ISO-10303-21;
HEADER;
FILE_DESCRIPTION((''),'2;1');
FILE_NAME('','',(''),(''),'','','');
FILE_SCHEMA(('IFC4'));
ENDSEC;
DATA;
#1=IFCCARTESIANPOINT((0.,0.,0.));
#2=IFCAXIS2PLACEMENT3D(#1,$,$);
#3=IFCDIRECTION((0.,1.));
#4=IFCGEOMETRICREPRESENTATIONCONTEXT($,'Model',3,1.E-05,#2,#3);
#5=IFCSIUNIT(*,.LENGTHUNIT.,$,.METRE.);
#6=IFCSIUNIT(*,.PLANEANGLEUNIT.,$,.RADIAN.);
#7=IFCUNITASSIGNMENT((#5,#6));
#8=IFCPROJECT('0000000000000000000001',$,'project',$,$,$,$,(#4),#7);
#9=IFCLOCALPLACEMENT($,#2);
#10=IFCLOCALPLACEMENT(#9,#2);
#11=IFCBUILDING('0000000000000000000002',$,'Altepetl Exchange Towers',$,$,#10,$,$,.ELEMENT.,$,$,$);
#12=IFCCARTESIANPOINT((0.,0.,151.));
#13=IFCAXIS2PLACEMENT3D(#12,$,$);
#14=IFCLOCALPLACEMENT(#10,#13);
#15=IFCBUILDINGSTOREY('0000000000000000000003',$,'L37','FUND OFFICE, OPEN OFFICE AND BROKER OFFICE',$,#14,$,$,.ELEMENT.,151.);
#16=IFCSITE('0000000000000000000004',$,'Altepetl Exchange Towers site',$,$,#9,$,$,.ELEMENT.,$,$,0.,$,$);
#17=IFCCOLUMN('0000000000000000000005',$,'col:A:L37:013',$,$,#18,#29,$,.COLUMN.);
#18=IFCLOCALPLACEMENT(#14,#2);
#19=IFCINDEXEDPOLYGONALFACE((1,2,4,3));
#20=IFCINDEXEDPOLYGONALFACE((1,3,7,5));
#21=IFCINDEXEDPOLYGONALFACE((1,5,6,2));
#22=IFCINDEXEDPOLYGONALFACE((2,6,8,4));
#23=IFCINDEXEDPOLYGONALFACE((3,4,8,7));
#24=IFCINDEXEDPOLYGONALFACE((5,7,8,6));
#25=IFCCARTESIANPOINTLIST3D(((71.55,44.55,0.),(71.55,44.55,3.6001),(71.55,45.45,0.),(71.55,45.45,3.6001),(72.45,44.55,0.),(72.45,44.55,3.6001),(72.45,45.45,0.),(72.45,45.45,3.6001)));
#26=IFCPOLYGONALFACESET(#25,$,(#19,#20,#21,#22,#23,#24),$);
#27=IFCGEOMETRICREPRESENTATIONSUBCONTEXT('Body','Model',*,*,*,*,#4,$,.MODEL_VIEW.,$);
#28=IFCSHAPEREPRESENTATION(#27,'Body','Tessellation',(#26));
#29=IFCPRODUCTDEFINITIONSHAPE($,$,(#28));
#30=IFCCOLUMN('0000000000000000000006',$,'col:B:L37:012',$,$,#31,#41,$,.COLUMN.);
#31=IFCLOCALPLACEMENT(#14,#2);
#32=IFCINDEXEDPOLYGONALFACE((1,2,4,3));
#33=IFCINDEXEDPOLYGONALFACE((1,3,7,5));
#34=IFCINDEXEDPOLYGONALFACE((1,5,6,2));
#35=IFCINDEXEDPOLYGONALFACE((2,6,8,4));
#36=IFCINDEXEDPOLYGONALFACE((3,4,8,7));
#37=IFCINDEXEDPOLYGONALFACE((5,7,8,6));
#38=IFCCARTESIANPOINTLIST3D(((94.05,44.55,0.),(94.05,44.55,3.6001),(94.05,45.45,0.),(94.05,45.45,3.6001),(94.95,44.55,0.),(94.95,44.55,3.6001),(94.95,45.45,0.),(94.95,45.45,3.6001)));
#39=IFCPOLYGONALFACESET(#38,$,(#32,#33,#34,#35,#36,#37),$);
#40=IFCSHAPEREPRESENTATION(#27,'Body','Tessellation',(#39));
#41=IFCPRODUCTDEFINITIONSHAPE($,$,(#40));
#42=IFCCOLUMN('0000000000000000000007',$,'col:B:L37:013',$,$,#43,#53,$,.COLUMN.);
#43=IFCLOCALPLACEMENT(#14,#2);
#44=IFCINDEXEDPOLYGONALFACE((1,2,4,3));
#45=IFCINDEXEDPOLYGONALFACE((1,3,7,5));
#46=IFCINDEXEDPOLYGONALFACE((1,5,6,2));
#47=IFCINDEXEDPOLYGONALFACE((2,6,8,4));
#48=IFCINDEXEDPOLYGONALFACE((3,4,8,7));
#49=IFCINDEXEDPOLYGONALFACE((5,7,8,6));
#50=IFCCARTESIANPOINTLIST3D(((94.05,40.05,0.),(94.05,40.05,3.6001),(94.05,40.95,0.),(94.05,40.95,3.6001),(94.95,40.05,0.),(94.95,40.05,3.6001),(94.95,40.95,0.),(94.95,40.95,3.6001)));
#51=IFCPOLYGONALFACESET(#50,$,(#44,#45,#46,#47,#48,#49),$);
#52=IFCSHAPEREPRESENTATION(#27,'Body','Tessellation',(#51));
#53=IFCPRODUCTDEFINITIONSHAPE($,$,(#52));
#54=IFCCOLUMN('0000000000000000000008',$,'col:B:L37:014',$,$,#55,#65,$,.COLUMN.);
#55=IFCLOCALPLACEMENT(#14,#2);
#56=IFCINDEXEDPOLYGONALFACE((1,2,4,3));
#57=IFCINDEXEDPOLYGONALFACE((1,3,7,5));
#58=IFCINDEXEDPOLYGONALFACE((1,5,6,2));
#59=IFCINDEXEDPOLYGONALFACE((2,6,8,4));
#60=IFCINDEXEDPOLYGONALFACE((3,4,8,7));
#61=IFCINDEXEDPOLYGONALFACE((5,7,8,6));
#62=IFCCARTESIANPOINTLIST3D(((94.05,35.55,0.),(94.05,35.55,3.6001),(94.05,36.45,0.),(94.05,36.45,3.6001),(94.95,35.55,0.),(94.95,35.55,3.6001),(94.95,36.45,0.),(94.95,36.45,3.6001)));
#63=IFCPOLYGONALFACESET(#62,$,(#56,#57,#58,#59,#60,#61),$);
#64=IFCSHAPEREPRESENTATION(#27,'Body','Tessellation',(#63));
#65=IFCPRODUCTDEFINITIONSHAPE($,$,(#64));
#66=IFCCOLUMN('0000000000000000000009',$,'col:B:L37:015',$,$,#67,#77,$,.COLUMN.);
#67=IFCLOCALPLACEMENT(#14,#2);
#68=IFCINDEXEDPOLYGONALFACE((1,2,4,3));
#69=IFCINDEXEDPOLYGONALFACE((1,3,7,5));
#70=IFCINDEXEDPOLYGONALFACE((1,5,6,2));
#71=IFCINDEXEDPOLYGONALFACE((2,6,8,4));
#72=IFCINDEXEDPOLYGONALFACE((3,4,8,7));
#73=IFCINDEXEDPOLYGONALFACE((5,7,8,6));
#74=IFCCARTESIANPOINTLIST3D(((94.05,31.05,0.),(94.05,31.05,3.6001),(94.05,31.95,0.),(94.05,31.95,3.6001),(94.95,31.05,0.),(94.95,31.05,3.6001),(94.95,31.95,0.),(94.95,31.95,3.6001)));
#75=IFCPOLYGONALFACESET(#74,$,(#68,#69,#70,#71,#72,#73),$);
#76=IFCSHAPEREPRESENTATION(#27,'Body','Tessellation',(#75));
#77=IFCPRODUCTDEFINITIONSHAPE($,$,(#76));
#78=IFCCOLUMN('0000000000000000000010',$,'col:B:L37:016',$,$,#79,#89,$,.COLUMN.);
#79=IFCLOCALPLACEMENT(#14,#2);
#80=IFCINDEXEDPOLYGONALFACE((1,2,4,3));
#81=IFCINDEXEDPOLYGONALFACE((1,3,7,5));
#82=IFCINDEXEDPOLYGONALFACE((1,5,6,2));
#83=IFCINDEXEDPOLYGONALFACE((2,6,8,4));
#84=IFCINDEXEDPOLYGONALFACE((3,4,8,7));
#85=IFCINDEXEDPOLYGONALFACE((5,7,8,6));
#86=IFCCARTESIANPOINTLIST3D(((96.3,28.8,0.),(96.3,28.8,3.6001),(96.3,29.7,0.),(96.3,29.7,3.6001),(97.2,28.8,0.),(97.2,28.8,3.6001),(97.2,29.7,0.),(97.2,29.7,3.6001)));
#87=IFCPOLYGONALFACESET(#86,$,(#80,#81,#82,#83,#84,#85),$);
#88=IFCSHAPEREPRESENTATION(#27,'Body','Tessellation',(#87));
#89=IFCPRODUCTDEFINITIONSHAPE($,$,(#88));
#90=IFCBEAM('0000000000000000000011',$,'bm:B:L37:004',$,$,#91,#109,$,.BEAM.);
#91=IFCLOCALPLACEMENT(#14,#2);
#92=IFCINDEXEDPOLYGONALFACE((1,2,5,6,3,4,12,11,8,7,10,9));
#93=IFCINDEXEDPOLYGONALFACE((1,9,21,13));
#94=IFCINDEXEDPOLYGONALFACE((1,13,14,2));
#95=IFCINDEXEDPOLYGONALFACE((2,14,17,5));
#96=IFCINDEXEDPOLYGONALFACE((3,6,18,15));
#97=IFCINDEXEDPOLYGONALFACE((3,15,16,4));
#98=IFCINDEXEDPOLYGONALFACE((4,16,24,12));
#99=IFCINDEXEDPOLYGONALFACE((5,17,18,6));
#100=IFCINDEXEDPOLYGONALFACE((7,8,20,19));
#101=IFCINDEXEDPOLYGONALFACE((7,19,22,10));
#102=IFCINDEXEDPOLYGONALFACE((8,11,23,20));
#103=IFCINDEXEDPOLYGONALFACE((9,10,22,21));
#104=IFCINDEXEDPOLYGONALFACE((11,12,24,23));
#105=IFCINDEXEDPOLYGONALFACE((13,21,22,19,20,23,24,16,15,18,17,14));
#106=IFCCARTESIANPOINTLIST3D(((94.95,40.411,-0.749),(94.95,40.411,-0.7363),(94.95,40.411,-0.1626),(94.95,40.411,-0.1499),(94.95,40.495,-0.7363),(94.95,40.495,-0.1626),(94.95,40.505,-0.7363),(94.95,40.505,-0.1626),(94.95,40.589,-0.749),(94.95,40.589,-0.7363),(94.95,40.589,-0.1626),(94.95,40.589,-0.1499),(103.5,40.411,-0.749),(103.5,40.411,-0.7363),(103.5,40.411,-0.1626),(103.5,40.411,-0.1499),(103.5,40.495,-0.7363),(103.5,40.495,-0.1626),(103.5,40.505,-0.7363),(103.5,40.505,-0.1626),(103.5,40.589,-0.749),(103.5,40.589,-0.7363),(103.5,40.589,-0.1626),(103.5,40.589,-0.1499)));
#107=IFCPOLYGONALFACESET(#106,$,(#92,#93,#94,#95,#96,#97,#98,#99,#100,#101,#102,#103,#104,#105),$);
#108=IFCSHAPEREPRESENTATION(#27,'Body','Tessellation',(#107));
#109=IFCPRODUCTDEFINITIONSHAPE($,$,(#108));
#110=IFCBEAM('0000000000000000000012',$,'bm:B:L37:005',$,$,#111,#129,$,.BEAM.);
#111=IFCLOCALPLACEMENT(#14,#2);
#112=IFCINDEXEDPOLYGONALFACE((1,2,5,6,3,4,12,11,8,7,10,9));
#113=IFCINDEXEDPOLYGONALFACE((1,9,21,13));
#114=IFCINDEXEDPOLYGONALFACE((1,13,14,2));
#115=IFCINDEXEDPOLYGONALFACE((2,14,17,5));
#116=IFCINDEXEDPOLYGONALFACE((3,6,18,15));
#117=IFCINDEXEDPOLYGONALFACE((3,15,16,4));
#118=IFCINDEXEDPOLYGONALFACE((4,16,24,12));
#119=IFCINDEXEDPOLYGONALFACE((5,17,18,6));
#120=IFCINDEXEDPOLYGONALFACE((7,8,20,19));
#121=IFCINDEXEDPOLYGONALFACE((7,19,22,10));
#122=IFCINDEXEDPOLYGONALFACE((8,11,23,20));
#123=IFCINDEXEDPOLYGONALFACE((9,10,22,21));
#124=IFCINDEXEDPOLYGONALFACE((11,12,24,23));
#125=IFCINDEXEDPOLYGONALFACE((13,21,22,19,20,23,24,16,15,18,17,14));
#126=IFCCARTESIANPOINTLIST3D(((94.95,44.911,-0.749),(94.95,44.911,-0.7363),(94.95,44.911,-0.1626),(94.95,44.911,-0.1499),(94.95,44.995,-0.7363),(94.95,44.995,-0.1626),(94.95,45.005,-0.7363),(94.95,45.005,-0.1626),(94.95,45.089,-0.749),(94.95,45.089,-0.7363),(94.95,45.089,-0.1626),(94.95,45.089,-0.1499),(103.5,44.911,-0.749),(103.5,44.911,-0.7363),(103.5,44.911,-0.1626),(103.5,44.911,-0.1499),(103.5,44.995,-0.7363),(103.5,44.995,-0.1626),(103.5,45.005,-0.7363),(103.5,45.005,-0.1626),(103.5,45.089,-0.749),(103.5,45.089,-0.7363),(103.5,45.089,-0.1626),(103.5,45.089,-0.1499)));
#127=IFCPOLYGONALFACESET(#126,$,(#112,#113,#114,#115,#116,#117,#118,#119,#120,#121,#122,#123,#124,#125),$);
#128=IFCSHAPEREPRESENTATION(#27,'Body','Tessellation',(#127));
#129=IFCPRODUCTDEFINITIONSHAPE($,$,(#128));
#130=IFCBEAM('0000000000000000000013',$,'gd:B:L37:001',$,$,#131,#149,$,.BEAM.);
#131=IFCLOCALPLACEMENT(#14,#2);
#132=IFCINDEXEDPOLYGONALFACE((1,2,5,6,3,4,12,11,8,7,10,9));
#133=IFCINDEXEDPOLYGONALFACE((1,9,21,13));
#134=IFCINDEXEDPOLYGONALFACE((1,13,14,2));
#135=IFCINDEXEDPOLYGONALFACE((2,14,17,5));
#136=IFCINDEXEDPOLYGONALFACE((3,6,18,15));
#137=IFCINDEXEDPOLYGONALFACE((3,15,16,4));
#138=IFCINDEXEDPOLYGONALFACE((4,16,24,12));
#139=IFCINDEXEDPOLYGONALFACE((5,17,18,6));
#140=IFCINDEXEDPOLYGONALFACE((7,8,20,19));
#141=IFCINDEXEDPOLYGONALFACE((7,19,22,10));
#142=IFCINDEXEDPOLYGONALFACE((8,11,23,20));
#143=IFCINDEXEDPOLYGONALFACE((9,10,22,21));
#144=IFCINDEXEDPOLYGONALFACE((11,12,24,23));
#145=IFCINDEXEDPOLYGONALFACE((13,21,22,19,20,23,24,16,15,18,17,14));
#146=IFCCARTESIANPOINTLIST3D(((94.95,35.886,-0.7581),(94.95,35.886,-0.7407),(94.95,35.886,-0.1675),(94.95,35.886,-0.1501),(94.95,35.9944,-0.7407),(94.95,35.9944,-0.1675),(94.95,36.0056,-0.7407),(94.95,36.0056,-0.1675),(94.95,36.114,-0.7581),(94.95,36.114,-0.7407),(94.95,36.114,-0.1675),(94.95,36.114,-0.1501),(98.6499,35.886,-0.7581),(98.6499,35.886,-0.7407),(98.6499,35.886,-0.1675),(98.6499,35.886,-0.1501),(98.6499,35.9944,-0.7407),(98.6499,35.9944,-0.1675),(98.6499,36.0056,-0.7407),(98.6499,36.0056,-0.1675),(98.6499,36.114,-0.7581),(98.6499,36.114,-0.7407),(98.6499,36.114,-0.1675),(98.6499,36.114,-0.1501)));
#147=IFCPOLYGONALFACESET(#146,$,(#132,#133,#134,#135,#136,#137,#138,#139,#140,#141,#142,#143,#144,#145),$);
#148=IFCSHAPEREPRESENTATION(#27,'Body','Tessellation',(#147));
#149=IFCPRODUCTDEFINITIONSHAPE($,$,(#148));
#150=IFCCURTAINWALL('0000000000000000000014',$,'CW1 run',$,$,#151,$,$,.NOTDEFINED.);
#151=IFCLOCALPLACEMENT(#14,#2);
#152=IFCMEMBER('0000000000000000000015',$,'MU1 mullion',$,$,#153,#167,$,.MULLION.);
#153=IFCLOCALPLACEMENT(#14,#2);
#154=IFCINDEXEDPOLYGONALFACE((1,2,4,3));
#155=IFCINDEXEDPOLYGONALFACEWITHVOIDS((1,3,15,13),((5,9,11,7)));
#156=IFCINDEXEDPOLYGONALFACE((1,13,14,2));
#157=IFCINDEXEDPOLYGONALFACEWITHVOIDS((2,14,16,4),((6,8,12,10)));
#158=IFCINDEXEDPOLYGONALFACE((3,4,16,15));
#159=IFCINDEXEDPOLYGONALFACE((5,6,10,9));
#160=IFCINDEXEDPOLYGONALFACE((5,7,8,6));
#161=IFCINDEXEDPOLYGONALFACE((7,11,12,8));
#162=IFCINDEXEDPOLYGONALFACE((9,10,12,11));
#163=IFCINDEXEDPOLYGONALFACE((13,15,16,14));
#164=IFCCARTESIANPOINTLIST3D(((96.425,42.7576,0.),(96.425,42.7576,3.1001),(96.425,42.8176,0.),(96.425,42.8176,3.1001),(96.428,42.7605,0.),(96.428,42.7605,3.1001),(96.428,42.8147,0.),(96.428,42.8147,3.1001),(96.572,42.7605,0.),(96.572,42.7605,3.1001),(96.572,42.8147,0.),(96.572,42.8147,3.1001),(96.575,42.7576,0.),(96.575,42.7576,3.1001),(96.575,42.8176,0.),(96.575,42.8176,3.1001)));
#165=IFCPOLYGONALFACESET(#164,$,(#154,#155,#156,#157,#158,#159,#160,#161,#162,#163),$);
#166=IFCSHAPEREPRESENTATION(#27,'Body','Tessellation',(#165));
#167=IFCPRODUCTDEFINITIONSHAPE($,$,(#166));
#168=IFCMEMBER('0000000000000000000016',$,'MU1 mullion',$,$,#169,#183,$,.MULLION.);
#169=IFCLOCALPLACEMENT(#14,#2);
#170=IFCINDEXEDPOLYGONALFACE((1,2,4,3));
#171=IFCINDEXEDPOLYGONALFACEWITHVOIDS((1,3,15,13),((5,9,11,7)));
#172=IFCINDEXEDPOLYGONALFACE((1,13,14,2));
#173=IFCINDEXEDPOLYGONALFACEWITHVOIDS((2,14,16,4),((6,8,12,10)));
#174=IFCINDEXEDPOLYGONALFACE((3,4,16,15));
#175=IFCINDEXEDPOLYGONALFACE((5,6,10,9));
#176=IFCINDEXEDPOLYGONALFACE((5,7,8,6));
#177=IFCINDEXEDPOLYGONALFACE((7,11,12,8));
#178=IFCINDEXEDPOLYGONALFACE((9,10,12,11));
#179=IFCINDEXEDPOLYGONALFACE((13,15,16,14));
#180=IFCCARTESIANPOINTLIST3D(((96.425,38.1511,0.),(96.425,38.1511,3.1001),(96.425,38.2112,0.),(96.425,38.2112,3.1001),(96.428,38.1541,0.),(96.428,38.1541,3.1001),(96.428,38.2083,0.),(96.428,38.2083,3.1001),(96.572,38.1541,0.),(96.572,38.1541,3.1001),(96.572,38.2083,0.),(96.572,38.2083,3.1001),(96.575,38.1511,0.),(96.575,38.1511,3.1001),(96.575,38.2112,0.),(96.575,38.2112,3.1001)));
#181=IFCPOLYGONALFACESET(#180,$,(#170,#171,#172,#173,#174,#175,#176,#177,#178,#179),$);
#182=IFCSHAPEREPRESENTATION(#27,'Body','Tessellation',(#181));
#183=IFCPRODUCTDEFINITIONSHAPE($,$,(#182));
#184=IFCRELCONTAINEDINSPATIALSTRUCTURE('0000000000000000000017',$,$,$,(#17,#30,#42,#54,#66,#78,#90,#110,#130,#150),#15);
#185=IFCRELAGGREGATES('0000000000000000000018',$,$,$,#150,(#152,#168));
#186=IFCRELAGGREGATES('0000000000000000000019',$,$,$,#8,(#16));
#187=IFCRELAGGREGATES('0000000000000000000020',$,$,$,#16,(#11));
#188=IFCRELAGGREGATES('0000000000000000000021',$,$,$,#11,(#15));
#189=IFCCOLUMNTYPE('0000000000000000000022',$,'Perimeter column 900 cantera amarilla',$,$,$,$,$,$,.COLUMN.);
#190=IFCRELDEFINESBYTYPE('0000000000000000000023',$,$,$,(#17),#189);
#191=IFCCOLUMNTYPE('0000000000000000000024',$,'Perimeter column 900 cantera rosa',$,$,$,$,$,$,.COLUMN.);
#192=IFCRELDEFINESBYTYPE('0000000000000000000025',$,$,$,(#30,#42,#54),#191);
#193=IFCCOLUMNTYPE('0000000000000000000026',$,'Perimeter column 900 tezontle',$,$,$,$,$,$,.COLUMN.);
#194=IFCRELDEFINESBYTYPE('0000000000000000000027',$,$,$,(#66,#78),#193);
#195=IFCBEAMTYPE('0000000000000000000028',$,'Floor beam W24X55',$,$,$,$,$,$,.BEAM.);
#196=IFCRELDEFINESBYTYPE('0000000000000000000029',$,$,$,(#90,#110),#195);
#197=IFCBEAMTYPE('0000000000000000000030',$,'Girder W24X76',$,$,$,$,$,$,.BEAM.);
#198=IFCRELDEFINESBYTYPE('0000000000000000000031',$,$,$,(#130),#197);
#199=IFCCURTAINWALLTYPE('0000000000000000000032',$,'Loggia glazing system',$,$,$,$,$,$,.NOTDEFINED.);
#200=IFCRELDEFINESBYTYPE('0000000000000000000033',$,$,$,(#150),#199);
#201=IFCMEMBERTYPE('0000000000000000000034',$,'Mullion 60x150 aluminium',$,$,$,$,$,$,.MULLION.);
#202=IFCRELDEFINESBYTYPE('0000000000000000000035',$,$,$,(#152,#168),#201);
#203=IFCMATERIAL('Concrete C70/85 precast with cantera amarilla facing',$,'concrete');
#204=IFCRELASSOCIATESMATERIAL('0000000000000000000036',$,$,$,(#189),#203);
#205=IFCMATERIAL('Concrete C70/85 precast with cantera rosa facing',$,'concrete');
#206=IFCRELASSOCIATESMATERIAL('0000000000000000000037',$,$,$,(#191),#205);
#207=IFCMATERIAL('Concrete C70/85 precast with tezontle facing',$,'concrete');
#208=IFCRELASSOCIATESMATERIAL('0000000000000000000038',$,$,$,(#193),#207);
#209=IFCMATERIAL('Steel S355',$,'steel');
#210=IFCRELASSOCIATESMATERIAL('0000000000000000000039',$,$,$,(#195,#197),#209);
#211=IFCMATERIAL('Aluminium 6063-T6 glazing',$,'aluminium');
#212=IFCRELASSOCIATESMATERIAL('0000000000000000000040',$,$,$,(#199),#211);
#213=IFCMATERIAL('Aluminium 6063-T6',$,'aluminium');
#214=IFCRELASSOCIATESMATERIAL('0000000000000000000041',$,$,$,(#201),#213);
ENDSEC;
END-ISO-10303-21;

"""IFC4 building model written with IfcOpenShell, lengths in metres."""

from ifc_helpers import new_model, si_unit, direction, frame, origin, origin_2d, place, context, subcontext, project, spatial, rectangle, hollow_rectangle, i_section, extrude, material, material_profile, profile_set, type_object, element, aggregate, save


model = new_model("IFC4")

# Units and contexts
model_context = context("Model", 3, precision=1e-05, world=origin(), true_north=direction((0.0, 1.0)))
body_context = subcontext(model_context, "Body", "Model", "MODEL_VIEW")
ifc_project = project(units=[si_unit("LENGTHUNIT", "METRE"), si_unit("PLANEANGLEUNIT", "RADIAN")], contexts=[model_context])

# Site, building, storey
site_placement = place(None, origin())
site = spatial("IfcSite", under=ifc_project, at=site_placement, Name="Altepetl Exchange Towers site", CompositionType="ELEMENT", RefElevation=0.0)
building_placement = place(site_placement, origin())
building = spatial("IfcBuilding", under=site, at=building_placement, Name="Altepetl Exchange Towers", CompositionType="ELEMENT")
storey_placement = place(building_placement, frame((0.0, 0.0, 151.0)))
storey = spatial("IfcBuildingStorey", under=building, at=storey_placement, Name="L37", Description="FUND OFFICE, OPEN OFFICE AND BROKER OFFICE", CompositionType="ELEMENT", Elevation=151.0)

# Columns
ifc_material_1 = material(Name="Concrete C70/85 precast with cantera amarilla facing", Category="concrete")
ifc_material_profile_1 = material_profile(ifc_material_1, rectangle(XDim=0.8999, YDim=0.8999, at=origin_2d()), Name="900 x 900")
ifc_profile_set_1 = profile_set([ifc_material_profile_1], Name="Concrete C70/85 precast with cantera amarilla facing")
column_type_1 = type_object("IfcColumnType", Name="Perimeter column 900 cantera amarilla", PredefinedType="COLUMN", material=ifc_profile_set_1)
column_placement = place(storey_placement, frame((72.0, 45.0, 0.0)))
element("IfcColumn", 1, at=column_placement, inside=storey, type_object=column_type_1, Name="col:A:L37:013", PredefinedType="COLUMN", context=body_context, shape_type="SweptSolid", body=[
    extrude(rectangle(XDim=0.8999, YDim=0.8999, at=origin_2d()), origin(), (0.0, 0.0, 1.0), 3.6001),
])
ifc_material_2 = material(Name="Concrete C70/85 precast with cantera rosa facing", Category="concrete")
ifc_material_profile_2 = material_profile(ifc_material_2, rectangle(XDim=0.8999, YDim=0.8999, at=origin_2d()), Name="900 x 900")
ifc_profile_set_2 = profile_set([ifc_material_profile_2], Name="Concrete C70/85 precast with cantera rosa facing")
column_type_2 = type_object("IfcColumnType", Name="Perimeter column 900 cantera rosa", PredefinedType="COLUMN", material=ifc_profile_set_2)
for number, where, name in (
    (2, (94.5, 45.0, 0.0), "col:B:L37:012"),
    (3, (94.5, 40.5, 0.0), "col:B:L37:013"),
    (4, (94.5, 36.0, 0.0), "col:B:L37:014"),
):
    element("IfcColumn", number, at=place(storey_placement, frame(where)), inside=storey, type_object=column_type_2, Name=name, PredefinedType="COLUMN", context=body_context, shape_type="SweptSolid", body=[
        extrude(rectangle(XDim=0.8999, YDim=0.8999, at=origin_2d()), origin(), (0.0, 0.0, 1.0), 3.6001),
    ])
ifc_material_3 = material(Name="Concrete C70/85 precast with tezontle facing", Category="concrete")
ifc_material_profile_3 = material_profile(ifc_material_3, rectangle(XDim=0.8999, YDim=0.8999, at=origin_2d()), Name="900 x 900")
ifc_profile_set_3 = profile_set([ifc_material_profile_3], Name="Concrete C70/85 precast with tezontle facing")
column_type_3 = type_object("IfcColumnType", Name="Perimeter column 900 tezontle", PredefinedType="COLUMN", material=ifc_profile_set_3)
for number, where, name in (
    (5, (94.5, 31.5, 0.0), "col:B:L37:015"),
    (6, (96.75, 29.25, 0.0), "col:B:L37:016"),
):
    element("IfcColumn", number, at=place(storey_placement, frame(where)), inside=storey, type_object=column_type_3, Name=name, PredefinedType="COLUMN", context=body_context, shape_type="SweptSolid", body=[
        extrude(rectangle(XDim=0.8999, YDim=0.8999, at=origin_2d()), origin(), (0.0, 0.0, 1.0), 3.6001),
    ])

# Beams
ifc_material_4 = material(Name="Steel S355", Category="steel")
ifc_material_profile_4 = material_profile(ifc_material_4, i_section(OverallWidth=0.178, OverallDepth=0.5991, WebThickness=0.01, FlangeThickness=0.0127, at=origin_2d()), Name="W24X55")
ifc_profile_set_4 = profile_set([ifc_material_profile_4], Name="Steel S355")
beam_type_1 = type_object("IfcBeamType", Name="Floor beam W24X55", PredefinedType="BEAM", material=ifc_profile_set_4)
for number, where, z_axis, x_axis, name in (
    (7, (94.95, 40.5, -0.4495), (1.0, 0.0, 0.0), (0.0, 1.0, 0.0), "bm:B:L37:004"),
    (8, (94.95, 45.0, -0.4495), (1.0, 0.0, 0.0), (0.0, 1.0, 0.0), "bm:B:L37:005"),
):
    element("IfcBeam", number, at=place(storey_placement, frame(where, z_axis=z_axis, x_axis=x_axis)), inside=storey, type_object=beam_type_1, Name=name, PredefinedType="BEAM", context=body_context, shape_type="SweptSolid", body=[
        extrude(i_section(OverallWidth=0.178, OverallDepth=0.5991, WebThickness=0.01, FlangeThickness=0.0127, at=origin_2d()), origin(), (0.0, 0.0, 1.0), 8.55),
    ])
ifc_material_profile_5 = material_profile(ifc_material_4, i_section(OverallWidth=0.228, OverallDepth=0.6079, WebThickness=0.0112, FlangeThickness=0.0173, at=origin_2d()), Name="W24X76")
ifc_profile_set_5 = profile_set([ifc_material_profile_5], Name="Steel S355")
beam_type_2 = type_object("IfcBeamType", Name="Girder W24X76", PredefinedType="BEAM", material=ifc_profile_set_5)
beam_1_placement = place(storey_placement, frame((98.6499, 36.0, -0.4541), z_axis=(-1.0, 0.0, 0.0), x_axis=(0.0, -1.0, 0.0)))
element("IfcBeam", 9, at=beam_1_placement, inside=storey, type_object=beam_type_2, Name="gd:B:L37:001", PredefinedType="BEAM", context=body_context, shape_type="SweptSolid", body=[
    extrude(i_section(OverallWidth=0.228, OverallDepth=0.6079, WebThickness=0.0112, FlangeThickness=0.0173, at=origin_2d()), origin(), (0.0, 0.0, 1.0), 3.7),
])

# Curtain wall, members
ifc_material_5 = material(Name="Aluminium 6063-T6 glazing", Category="aluminium")
curtain_wall_type = type_object("IfcCurtainWallType", Name="Loggia glazing system", PredefinedType="NOTDEFINED", material=ifc_material_5)
curtain_wall_1_placement = place(storey_placement, origin())
curtain_wall_1 = element("IfcCurtainWall", 10, at=curtain_wall_1_placement, inside=storey, type_object=curtain_wall_type, Name="CW1 run", PredefinedType="NOTDEFINED")
ifc_material_6 = material(Name="Aluminium 6063-T6", Category="aluminium")
ifc_material_profile_6 = material_profile(ifc_material_6, hollow_rectangle(XDim=0.0601, YDim=0.1499, WallThickness=0.0029, at=origin_2d()), Name="Mullion 60x150 aluminium")
ifc_profile_set_6 = profile_set([ifc_material_profile_6], Name="Aluminium 6063-T6")
member_type = type_object("IfcMemberType", Name="Mullion 60x150 aluminium", PredefinedType="MULLION", material=ifc_profile_set_6)
member_1_placement = place(storey_placement, frame((96.5, 42.7876, 0.0), z_axis=(0.0, 0.0, 1.0), x_axis=(0.0, -1.0, 0.0)))
member_1 = element("IfcMember", 11, at=member_1_placement, type_object=member_type, Name="MU1 mullion", PredefinedType="MULLION", context=body_context, shape_type="SweptSolid", body=[
    extrude(hollow_rectangle(XDim=0.0601, YDim=0.1499, WallThickness=0.0029, at=origin_2d()), origin(), (0.0, 0.0, 1.0), 3.1001),
])
member_2_placement = place(storey_placement, frame((96.5, 38.1812, 0.0), z_axis=(0.0, 0.0, 1.0), x_axis=(0.0, -1.0, 0.0)))
member_2 = element("IfcMember", 12, at=member_2_placement, type_object=member_type, Name="MU1 mullion", PredefinedType="MULLION", context=body_context, shape_type="SweptSolid", body=[
    extrude(hollow_rectangle(XDim=0.0601, YDim=0.1499, WallThickness=0.0029, at=origin_2d()), origin(), (0.0, 0.0, 1.0), 3.1001),
])

aggregate(curtain_wall_1, [member_1, member_2])

save(model, "model.ifc")
